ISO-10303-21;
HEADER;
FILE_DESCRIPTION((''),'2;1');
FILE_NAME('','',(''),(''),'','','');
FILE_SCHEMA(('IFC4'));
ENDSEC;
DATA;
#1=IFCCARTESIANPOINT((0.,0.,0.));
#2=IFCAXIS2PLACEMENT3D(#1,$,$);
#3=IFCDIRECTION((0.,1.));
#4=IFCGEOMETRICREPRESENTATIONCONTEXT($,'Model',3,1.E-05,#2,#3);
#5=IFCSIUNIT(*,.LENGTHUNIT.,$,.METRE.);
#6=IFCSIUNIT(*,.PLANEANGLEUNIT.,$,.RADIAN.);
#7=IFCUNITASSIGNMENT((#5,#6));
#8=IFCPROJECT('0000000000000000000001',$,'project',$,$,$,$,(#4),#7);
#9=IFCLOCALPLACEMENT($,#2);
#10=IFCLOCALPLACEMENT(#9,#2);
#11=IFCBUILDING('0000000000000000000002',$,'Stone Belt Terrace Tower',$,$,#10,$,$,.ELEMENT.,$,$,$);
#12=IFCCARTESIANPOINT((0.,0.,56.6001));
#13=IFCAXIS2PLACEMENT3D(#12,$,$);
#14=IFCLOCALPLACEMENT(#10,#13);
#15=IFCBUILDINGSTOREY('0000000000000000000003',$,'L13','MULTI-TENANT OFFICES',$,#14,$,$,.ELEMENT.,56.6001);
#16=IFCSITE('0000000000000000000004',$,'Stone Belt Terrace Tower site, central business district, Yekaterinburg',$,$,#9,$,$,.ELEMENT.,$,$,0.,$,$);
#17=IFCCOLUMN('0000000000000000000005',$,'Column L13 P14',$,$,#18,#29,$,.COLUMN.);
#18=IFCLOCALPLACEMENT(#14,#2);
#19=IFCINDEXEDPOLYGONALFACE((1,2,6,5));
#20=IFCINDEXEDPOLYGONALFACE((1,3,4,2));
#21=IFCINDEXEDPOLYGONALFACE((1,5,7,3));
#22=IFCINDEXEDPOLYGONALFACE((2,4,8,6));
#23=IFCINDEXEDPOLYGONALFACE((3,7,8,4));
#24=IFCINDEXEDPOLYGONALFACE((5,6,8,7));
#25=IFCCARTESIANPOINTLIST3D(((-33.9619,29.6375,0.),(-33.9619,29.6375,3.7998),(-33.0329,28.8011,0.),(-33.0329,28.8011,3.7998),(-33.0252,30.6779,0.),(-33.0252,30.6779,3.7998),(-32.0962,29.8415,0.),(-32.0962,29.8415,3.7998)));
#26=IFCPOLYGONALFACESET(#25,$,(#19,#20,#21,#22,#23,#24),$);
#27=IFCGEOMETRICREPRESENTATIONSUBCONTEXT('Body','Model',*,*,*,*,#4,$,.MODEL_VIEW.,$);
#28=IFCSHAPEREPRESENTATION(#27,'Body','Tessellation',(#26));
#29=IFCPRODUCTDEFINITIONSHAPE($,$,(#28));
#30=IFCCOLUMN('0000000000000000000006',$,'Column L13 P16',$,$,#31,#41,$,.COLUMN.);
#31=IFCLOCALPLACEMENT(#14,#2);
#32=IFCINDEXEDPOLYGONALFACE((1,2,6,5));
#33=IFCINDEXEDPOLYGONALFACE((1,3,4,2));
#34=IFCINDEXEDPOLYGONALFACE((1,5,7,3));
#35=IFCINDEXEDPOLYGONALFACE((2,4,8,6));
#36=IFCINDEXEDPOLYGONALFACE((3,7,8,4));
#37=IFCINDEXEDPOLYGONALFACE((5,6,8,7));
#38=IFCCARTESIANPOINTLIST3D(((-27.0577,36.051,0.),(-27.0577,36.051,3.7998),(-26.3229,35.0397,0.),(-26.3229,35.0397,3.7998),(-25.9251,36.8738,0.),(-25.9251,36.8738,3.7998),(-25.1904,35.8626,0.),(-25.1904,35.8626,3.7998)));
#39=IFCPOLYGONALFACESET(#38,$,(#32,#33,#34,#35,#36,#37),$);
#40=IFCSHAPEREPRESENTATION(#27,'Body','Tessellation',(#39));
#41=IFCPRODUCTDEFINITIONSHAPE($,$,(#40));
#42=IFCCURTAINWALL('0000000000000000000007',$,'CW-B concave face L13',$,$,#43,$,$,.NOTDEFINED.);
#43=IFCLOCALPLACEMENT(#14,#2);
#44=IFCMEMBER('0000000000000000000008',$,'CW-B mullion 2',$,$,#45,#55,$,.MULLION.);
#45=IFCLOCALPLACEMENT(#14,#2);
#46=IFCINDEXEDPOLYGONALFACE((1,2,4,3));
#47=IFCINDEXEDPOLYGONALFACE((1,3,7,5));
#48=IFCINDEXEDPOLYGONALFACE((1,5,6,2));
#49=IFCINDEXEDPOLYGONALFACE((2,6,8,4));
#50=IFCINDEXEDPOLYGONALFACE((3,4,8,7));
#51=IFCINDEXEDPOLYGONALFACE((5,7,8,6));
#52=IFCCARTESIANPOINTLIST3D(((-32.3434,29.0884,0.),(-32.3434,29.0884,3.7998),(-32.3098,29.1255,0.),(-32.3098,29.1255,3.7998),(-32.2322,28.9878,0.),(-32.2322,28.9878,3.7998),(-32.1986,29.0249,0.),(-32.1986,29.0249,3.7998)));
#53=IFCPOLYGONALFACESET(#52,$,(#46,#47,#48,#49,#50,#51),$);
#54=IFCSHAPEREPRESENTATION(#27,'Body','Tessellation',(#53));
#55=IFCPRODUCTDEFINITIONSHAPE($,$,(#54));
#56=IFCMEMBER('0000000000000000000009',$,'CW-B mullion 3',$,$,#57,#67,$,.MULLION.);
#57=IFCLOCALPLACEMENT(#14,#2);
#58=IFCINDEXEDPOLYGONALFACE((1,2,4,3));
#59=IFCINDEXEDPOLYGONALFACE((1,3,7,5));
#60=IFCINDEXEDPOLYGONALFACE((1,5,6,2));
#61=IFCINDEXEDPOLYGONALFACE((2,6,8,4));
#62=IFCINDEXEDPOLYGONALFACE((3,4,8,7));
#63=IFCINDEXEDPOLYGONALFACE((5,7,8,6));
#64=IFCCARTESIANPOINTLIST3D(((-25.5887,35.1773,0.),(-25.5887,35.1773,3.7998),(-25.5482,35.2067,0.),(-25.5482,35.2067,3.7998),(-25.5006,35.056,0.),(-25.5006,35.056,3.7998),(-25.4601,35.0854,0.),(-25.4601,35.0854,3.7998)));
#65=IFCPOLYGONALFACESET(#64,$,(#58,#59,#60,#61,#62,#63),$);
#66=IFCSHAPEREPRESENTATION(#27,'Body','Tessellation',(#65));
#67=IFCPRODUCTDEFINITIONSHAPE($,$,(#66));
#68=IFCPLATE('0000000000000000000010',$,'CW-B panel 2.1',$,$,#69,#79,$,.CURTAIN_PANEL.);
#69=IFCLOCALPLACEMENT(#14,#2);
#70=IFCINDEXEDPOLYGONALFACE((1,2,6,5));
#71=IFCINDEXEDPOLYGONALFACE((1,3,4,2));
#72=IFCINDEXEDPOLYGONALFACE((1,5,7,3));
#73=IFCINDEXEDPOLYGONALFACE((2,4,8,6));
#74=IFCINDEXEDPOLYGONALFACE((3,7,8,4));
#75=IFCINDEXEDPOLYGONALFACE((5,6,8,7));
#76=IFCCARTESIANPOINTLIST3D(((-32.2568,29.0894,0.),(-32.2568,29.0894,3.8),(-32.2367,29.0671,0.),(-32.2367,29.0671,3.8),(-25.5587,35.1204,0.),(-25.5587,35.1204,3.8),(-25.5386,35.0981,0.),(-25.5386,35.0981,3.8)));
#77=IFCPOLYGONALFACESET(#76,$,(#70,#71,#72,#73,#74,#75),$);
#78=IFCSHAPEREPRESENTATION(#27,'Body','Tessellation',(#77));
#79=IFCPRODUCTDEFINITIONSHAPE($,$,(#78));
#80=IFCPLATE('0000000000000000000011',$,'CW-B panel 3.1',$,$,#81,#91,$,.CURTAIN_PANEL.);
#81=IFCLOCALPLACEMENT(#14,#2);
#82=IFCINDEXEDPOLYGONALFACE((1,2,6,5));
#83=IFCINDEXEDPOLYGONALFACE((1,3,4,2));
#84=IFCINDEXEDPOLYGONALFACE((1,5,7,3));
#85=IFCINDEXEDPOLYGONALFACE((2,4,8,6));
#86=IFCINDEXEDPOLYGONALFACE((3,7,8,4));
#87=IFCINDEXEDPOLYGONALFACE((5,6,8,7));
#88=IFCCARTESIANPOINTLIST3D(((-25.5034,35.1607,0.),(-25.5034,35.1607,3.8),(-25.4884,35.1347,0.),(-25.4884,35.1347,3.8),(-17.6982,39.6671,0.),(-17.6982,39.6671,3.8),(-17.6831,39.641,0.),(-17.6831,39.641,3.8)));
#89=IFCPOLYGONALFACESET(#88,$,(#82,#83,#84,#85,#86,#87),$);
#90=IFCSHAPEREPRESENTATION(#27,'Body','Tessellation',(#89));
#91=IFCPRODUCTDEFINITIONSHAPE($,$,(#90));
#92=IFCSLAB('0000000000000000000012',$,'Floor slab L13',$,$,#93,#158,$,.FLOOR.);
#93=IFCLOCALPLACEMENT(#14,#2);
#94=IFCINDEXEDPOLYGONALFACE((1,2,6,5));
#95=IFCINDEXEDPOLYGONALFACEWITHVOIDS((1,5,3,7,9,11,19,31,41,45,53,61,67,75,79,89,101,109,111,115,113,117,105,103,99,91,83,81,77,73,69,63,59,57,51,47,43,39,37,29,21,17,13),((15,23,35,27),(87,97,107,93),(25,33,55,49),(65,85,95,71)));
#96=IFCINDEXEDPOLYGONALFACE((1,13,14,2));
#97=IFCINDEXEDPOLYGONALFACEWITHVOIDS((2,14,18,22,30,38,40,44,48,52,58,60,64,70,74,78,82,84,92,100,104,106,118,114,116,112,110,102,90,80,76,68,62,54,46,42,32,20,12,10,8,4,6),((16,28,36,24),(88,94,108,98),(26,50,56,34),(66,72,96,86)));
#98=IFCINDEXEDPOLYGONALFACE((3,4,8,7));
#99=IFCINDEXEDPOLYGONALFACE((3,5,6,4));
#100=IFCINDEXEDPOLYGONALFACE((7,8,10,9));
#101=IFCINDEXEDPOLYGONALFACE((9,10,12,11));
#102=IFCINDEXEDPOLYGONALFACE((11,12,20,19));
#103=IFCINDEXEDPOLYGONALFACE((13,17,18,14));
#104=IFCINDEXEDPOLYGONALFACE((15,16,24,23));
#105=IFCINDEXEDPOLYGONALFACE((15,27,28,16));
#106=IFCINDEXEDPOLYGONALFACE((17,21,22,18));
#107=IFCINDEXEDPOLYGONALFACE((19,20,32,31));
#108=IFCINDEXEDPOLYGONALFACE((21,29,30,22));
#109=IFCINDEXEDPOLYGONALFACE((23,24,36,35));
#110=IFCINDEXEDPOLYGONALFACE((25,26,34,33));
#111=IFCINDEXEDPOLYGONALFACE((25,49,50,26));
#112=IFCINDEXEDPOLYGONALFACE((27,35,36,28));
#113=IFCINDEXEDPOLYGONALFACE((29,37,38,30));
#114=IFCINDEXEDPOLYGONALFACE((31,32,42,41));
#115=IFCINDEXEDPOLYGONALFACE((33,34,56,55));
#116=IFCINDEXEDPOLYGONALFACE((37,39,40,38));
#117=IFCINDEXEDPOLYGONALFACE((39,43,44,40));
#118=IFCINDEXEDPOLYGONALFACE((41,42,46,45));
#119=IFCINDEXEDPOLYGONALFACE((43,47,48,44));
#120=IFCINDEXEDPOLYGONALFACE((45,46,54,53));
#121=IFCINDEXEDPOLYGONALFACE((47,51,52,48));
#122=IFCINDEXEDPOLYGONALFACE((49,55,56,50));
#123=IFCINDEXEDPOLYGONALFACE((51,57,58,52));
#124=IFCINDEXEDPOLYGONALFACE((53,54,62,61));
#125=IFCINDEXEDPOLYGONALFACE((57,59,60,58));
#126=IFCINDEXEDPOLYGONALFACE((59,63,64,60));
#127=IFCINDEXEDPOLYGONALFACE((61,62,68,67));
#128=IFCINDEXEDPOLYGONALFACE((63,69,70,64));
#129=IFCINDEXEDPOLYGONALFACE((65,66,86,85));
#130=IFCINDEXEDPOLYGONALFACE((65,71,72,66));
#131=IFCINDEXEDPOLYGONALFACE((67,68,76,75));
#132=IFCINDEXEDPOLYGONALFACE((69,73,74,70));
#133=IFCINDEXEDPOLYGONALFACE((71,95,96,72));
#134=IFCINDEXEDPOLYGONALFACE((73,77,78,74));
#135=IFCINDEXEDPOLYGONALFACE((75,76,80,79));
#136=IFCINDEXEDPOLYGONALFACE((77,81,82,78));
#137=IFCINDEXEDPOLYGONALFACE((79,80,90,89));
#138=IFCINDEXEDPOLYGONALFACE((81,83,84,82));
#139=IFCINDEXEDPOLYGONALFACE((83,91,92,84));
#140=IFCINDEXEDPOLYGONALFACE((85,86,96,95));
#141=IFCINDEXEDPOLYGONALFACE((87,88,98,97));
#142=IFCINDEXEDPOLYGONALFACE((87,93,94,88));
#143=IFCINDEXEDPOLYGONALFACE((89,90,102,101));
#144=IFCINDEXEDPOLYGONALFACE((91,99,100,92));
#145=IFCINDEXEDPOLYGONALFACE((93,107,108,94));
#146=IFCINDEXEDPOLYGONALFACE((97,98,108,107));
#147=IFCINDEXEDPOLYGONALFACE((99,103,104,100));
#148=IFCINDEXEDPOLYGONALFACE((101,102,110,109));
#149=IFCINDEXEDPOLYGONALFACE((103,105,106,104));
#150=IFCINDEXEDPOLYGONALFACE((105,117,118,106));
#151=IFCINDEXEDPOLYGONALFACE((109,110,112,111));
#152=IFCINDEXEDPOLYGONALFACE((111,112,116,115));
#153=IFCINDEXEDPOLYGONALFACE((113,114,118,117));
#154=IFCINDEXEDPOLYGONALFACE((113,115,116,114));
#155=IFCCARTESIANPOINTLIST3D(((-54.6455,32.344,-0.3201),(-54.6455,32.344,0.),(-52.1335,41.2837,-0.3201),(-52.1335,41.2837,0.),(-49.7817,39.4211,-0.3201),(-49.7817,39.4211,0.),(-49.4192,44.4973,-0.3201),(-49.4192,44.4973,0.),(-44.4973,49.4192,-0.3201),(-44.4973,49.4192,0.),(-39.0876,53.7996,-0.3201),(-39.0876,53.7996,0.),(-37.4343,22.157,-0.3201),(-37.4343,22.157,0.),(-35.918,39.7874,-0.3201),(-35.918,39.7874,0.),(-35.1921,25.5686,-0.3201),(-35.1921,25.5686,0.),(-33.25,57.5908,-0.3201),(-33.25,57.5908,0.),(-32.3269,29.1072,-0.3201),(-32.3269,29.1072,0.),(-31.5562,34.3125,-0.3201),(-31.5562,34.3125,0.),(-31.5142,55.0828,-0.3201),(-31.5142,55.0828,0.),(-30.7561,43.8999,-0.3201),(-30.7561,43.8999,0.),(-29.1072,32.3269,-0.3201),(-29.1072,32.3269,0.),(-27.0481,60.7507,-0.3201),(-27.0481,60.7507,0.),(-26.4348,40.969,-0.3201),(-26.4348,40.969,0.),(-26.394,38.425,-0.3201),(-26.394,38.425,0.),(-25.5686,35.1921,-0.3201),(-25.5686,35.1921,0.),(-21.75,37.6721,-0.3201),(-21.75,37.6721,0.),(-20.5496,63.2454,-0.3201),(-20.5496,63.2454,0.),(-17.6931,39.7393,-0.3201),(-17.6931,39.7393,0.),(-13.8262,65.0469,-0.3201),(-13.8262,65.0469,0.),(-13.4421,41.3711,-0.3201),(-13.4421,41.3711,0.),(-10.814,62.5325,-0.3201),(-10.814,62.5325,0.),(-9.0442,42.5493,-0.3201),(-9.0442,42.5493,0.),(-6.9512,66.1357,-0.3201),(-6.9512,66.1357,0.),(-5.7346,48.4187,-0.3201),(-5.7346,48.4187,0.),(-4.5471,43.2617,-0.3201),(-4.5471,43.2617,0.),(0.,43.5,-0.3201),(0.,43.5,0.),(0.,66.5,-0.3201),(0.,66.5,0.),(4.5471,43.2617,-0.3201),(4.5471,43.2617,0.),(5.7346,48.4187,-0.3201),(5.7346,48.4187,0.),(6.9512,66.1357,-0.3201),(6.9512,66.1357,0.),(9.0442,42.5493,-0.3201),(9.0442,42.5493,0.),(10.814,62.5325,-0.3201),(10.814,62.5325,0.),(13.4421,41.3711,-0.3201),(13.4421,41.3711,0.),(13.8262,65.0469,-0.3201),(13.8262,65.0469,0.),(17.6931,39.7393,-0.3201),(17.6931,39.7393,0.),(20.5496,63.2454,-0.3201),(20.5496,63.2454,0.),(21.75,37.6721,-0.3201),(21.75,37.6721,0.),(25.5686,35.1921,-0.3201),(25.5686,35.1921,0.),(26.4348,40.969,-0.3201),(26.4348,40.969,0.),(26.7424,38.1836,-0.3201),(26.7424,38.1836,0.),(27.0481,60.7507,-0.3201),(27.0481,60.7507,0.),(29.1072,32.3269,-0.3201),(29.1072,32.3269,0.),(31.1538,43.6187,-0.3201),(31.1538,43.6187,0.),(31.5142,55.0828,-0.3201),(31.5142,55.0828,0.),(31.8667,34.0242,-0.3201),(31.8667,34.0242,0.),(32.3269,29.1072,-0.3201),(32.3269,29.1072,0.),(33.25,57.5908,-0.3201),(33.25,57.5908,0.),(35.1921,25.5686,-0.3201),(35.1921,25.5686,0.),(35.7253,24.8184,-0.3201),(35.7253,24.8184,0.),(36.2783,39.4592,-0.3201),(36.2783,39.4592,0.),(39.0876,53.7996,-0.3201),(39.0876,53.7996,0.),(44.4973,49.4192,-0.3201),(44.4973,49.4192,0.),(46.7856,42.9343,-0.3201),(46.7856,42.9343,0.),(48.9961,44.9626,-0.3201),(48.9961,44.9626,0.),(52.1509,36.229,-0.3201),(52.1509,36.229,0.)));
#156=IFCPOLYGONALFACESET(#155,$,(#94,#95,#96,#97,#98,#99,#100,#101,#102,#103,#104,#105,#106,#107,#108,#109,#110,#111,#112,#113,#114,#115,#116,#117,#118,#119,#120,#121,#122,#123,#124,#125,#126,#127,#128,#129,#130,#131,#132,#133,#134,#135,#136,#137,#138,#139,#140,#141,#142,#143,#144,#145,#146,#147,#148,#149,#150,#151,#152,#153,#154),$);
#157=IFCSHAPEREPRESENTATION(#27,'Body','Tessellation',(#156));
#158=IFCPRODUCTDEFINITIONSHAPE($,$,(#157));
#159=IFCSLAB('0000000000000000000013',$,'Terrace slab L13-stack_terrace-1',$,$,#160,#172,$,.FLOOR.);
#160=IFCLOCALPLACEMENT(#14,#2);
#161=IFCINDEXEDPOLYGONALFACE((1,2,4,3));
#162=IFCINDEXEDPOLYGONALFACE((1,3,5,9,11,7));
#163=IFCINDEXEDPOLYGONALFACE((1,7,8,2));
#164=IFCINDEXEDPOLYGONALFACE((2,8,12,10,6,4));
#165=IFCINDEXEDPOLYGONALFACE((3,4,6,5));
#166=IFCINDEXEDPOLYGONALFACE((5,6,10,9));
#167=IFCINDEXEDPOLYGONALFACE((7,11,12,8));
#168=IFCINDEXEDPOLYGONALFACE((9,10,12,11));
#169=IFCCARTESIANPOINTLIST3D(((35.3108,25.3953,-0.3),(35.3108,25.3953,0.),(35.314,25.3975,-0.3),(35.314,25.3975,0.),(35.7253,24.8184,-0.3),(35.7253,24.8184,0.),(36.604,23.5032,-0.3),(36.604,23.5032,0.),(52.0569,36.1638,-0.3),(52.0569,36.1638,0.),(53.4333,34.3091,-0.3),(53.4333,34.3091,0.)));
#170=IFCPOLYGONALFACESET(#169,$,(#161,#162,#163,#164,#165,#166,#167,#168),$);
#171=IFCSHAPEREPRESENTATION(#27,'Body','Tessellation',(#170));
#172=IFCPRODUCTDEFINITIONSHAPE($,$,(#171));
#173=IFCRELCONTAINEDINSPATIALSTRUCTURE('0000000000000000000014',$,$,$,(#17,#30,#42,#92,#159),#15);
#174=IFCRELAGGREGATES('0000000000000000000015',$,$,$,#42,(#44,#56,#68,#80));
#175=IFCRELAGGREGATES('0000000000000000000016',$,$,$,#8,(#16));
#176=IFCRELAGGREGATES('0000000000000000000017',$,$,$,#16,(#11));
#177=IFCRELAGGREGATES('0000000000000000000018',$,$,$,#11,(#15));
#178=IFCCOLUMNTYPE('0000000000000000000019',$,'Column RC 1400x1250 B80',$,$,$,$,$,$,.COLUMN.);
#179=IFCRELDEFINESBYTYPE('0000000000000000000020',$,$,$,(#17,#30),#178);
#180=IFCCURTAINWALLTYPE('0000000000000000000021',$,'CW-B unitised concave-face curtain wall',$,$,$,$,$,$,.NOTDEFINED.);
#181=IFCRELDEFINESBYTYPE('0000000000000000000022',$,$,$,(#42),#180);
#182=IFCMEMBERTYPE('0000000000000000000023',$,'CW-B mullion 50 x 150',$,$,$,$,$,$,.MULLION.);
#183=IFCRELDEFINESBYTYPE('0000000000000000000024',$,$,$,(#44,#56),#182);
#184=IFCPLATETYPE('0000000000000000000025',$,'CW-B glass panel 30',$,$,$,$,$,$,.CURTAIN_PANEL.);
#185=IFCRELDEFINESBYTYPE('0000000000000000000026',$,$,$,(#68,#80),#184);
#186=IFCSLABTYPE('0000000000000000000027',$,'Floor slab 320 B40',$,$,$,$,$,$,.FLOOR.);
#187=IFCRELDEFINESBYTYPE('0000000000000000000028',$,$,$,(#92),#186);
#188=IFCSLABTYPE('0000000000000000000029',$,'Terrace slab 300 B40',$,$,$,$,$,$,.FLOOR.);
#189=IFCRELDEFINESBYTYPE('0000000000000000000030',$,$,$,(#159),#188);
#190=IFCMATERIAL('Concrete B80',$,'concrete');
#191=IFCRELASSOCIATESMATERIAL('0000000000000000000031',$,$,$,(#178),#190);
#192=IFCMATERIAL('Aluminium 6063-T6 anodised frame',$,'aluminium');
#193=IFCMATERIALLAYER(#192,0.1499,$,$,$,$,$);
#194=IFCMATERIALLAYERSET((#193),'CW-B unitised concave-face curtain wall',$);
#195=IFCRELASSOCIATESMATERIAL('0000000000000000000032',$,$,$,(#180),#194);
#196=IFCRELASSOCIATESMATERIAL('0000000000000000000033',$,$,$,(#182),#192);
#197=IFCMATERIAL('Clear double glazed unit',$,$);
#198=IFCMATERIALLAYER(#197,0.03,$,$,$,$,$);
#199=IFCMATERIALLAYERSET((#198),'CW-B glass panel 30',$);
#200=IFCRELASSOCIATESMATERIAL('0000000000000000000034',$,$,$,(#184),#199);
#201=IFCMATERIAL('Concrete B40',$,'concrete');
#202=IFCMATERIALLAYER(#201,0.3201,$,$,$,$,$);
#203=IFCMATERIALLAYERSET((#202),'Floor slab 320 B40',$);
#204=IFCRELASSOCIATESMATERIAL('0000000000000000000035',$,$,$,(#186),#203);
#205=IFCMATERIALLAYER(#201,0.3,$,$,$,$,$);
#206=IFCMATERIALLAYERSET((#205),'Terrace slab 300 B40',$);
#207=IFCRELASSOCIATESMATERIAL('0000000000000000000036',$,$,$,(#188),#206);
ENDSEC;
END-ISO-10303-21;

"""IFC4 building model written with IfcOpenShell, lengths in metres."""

from ifc_helpers import new_model, si_unit, direction, frame, origin, origin_2d, place, context, subcontext, project, spatial, polyline, rectangle, outline, extrude, material, layer, layer_set, material_profile, profile_set, type_object, element, aggregate, save


model = new_model("IFC4")

# Units and contexts
model_context = context("Model", 3, precision=1e-05, world=origin(), true_north=direction((0.0, 1.0)))
body_context = subcontext(model_context, "Body", "Model", "MODEL_VIEW")
ifc_project = project(units=[si_unit("LENGTHUNIT", "METRE"), si_unit("PLANEANGLEUNIT", "RADIAN")], contexts=[model_context])

# Site, building, storey
site_placement = place(None, origin())
site = spatial("IfcSite", under=ifc_project, at=site_placement, Name="Stone Belt Terrace Tower site, central business district, Yekaterinburg", CompositionType="ELEMENT", RefElevation=0.0)
building_placement = place(site_placement, origin())
building = spatial("IfcBuilding", under=site, at=building_placement, Name="Stone Belt Terrace Tower", CompositionType="ELEMENT")
storey_placement = place(building_placement, frame((0.0, 0.0, 56.6001)))
storey = spatial("IfcBuildingStorey", under=building, at=storey_placement, Name="L13", Description="MULTI-TENANT OFFICES", CompositionType="ELEMENT", Elevation=56.6001)

# Columns
ifc_material_1 = material(Name="Concrete B80", Category="concrete")
ifc_material_profile_1 = material_profile(ifc_material_1, rectangle(XDim=1.3999, YDim=1.25, at=origin_2d()), Name="RC 1400x1250")
ifc_profile_set_1 = profile_set([ifc_material_profile_1], Name="Concrete B80")
column_type = type_object("IfcColumnType", Name="Column RC 1400x1250 B80", PredefinedType="COLUMN", material=ifc_profile_set_1)
for number, where, z_axis, x_axis, name in (
    (1, (-33.0291, 29.7395, 0.0), (0.0, 0.0, 1.0), (0.669131, 0.743145, 0.0), "Column L13 P14"),
    (2, (-26.124, 35.9568, 0.0), (0.0, 0.0, 1.0), (0.809017, 0.587785, 0.0), "Column L13 P16"),
):
    element("IfcColumn", number, at=place(storey_placement, frame(where, z_axis=z_axis, x_axis=x_axis)), inside=storey, type_object=column_type, Name=name, PredefinedType="COLUMN", context=body_context, shape_type="SweptSolid", body=[
        extrude(rectangle(XDim=1.3999, YDim=1.25, at=origin_2d()), origin(), (0.0, 0.0, 1.0), 3.7998),
    ])

# Curtain wall, members, plates
ifc_material_2 = material(Name="Aluminium 6063-T6 anodised frame", Category="aluminium")
ifc_layer_1 = layer(ifc_material_2, 0.1499)
ifc_layer_set_1 = layer_set([ifc_layer_1], Name="CW-B unitised concave-face curtain wall")
curtain_wall_type = type_object("IfcCurtainWallType", Name="CW-B unitised concave-face curtain wall", PredefinedType="NOTDEFINED", material=ifc_layer_set_1)
curtain_wall_placement = place(storey_placement, origin())
curtain_wall = element("IfcCurtainWall", 3, at=curtain_wall_placement, inside=storey, type_object=curtain_wall_type, Name="CW-B concave face L13", PredefinedType="NOTDEFINED")
ifc_material_profile_2 = material_profile(ifc_material_2, rectangle(XDim=0.1499, YDim=0.05, at=origin_2d()), Name="Aluminium 6063-T6 50x150")
ifc_profile_set_2 = profile_set([ifc_material_profile_2], Name="Aluminium 6063-T6 anodised frame")
member_type = type_object("IfcMemberType", Name="CW-B mullion 50 x 150", PredefinedType="MULLION", material=ifc_profile_set_2)
member_1_placement = place(storey_placement, frame((-32.271, 29.0566, 0.0), z_axis=(0.0, 0.0, 1.0), x_axis=(-0.74133, 0.671141, 0.0)))
member_1 = element("IfcMember", 4, at=member_1_placement, type_object=member_type, Name="CW-B mullion 2", PredefinedType="MULLION", context=body_context, shape_type="SweptSolid", body=[
    extrude(rectangle(XDim=0.1499, YDim=0.05, at=origin_2d()), origin(), (0.0, 0.0, 1.0), 3.7998),
])
member_2_placement = place(storey_placement, frame((-25.5244, 35.1313, 0.0), z_axis=(0.0, 0.0, 1.0), x_axis=(-0.587785, 0.809017, 0.0)))
member_2 = element("IfcMember", 5, at=member_2_placement, type_object=member_type, Name="CW-B mullion 3", PredefinedType="MULLION", context=body_context, shape_type="SweptSolid", body=[
    extrude(rectangle(XDim=0.1499, YDim=0.05, at=origin_2d()), origin(), (0.0, 0.0, 1.0), 3.7998),
])
ifc_material_3 = material(Name="Clear double glazed unit")
ifc_layer_2 = layer(ifc_material_3, 0.03)
ifc_layer_set_2 = layer_set([ifc_layer_2], Name="CW-B glass panel 30")
plate_type = type_object("IfcPlateType", Name="CW-B glass panel 30", PredefinedType="CURTAIN_PANEL", material=ifc_layer_set_2)
plate_1_placement = place(storey_placement, frame((-28.8977, 32.0938, 0.0), z_axis=(0.0, 0.0, 1.0), x_axis=(0.743145, 0.669131, 0.0)))
plate_1 = element("IfcPlate", 6, at=plate_1_placement, type_object=plate_type, Name="CW-B panel 2.1", PredefinedType="CURTAIN_PANEL", context=body_context, shape_type="SweptSolid", body=[
    extrude(rectangle(XDim=9.0132, YDim=0.03, at=origin_2d()), origin(), (0.0, 0.0, 1.0), 3.8),
])
plate_2_placement = place(storey_placement, frame((-21.5933, 37.4009, 0.0), z_axis=(0.0, 0.0, 1.0), x_axis=(0.866025, 0.5, 0.0)))
plate_2 = element("IfcPlate", 7, at=plate_2_placement, type_object=plate_type, Name="CW-B panel 3.1", PredefinedType="CURTAIN_PANEL", context=body_context, shape_type="SweptSolid", body=[
    extrude(rectangle(XDim=9.0127, YDim=0.03, at=origin_2d()), origin(), (0.0, 0.0, 1.0), 3.8),
])
aggregate(curtain_wall, [member_1, member_2, plate_1, plate_2])

# Slabs
ifc_material_4 = material(Name="Concrete B40", Category="concrete")
ifc_layer_3 = layer(ifc_material_4, 0.3201)
ifc_layer_set_3 = layer_set([ifc_layer_3], Name="Floor slab 320 B40")
slab_type_1 = type_object("IfcSlabType", Name="Floor slab 320 B40", PredefinedType="FLOOR", material=ifc_layer_set_3)
slab_1_placement = place(storey_placement, frame((0.0, 0.0, -0.3201)))
element("IfcSlab", 8, at=slab_1_placement, inside=storey, type_object=slab_type_1, Name="Floor slab L13", PredefinedType="FLOOR", context=body_context, shape_type="SweptSolid", body=[
    extrude(outline(polyline([(-49.4192, 44.4973), (-44.4973, 49.4192), (-39.0876, 53.7996), (-33.25, 57.5908), (-27.0481, 60.7507), (-20.5496, 63.2454), (-13.8262, 65.0469), (-6.9512, 66.1357), (0.0, 66.5), (6.9512, 66.1357), (13.8262, 65.0469), (20.5496, 63.2454), (27.0481, 60.7507), (33.25, 57.5908), (39.0876, 53.7996), (44.4973, 49.4192), (48.9961, 44.9626), (46.7856, 42.9343), (52.1509, 36.229), (35.7253, 24.8184), (35.1921, 25.5686), (32.3269, 29.1072), (29.1072, 32.3269), (25.5686, 35.1921), (21.75, 37.6721), (17.6931, 39.7393), (13.4421, 41.3711), (9.0442, 42.5493), (4.5471, 43.2617), (0.0, 43.5), (-4.5471, 43.2617), (-9.0442, 42.5493), (-13.4421, 41.3711), (-17.6931, 39.7393), (-21.75, 37.6721), (-25.5686, 35.1921), (-29.1072, 32.3269), (-32.3269, 29.1072), (-35.1921, 25.5686), (-37.4343, 22.157), (-54.6455, 32.344), (-49.7817, 39.4211), (-52.1335, 41.2837), (-49.4192, 44.4973)]), holes=[polyline([(-26.4348, 40.969), (-5.7346, 48.4187), (-10.814, 62.5325), (-31.5142, 55.0828), (-26.4348, 40.969)]), polyline([(10.814, 62.5325), (5.7346, 48.4187), (26.4348, 40.969), (31.5142, 55.0828), (10.814, 62.5325)]), polyline([(-35.918, 39.7874), (-31.5562, 34.3125), (-26.394, 38.425), (-30.7561, 43.8999), (-35.918, 39.7874)]), polyline([(36.2783, 39.4592), (31.1538, 43.6187), (26.7424, 38.1836), (31.8667, 34.0242), (36.2783, 39.4592)])]), origin(), (0.0, 0.0, 1.0), 0.3201),
])
ifc_layer_4 = layer(ifc_material_4, 0.3)
ifc_layer_set_4 = layer_set([ifc_layer_4], Name="Terrace slab 300 B40")
slab_type_2 = type_object("IfcSlabType", Name="Terrace slab 300 B40", PredefinedType="FLOOR", material=ifc_layer_set_4)
slab_2_placement = place(storey_placement, frame((0.0, 0.0, -0.3)))
element("IfcSlab", 9, at=slab_2_placement, inside=storey, type_object=slab_type_2, Name="Terrace slab L13-stack_terrace-1", PredefinedType="FLOOR", context=body_context, shape_type="SweptSolid", body=[
    extrude(outline(polyline([(36.604, 23.5032), (53.4333, 34.3091), (52.0569, 36.1638), (35.7253, 24.8184), (35.314, 25.3975), (35.3108, 25.3953), (36.604, 23.5032)])), origin(), (0.0, 0.0, 1.0), 0.3),
])

save(model, "model.ifc")
